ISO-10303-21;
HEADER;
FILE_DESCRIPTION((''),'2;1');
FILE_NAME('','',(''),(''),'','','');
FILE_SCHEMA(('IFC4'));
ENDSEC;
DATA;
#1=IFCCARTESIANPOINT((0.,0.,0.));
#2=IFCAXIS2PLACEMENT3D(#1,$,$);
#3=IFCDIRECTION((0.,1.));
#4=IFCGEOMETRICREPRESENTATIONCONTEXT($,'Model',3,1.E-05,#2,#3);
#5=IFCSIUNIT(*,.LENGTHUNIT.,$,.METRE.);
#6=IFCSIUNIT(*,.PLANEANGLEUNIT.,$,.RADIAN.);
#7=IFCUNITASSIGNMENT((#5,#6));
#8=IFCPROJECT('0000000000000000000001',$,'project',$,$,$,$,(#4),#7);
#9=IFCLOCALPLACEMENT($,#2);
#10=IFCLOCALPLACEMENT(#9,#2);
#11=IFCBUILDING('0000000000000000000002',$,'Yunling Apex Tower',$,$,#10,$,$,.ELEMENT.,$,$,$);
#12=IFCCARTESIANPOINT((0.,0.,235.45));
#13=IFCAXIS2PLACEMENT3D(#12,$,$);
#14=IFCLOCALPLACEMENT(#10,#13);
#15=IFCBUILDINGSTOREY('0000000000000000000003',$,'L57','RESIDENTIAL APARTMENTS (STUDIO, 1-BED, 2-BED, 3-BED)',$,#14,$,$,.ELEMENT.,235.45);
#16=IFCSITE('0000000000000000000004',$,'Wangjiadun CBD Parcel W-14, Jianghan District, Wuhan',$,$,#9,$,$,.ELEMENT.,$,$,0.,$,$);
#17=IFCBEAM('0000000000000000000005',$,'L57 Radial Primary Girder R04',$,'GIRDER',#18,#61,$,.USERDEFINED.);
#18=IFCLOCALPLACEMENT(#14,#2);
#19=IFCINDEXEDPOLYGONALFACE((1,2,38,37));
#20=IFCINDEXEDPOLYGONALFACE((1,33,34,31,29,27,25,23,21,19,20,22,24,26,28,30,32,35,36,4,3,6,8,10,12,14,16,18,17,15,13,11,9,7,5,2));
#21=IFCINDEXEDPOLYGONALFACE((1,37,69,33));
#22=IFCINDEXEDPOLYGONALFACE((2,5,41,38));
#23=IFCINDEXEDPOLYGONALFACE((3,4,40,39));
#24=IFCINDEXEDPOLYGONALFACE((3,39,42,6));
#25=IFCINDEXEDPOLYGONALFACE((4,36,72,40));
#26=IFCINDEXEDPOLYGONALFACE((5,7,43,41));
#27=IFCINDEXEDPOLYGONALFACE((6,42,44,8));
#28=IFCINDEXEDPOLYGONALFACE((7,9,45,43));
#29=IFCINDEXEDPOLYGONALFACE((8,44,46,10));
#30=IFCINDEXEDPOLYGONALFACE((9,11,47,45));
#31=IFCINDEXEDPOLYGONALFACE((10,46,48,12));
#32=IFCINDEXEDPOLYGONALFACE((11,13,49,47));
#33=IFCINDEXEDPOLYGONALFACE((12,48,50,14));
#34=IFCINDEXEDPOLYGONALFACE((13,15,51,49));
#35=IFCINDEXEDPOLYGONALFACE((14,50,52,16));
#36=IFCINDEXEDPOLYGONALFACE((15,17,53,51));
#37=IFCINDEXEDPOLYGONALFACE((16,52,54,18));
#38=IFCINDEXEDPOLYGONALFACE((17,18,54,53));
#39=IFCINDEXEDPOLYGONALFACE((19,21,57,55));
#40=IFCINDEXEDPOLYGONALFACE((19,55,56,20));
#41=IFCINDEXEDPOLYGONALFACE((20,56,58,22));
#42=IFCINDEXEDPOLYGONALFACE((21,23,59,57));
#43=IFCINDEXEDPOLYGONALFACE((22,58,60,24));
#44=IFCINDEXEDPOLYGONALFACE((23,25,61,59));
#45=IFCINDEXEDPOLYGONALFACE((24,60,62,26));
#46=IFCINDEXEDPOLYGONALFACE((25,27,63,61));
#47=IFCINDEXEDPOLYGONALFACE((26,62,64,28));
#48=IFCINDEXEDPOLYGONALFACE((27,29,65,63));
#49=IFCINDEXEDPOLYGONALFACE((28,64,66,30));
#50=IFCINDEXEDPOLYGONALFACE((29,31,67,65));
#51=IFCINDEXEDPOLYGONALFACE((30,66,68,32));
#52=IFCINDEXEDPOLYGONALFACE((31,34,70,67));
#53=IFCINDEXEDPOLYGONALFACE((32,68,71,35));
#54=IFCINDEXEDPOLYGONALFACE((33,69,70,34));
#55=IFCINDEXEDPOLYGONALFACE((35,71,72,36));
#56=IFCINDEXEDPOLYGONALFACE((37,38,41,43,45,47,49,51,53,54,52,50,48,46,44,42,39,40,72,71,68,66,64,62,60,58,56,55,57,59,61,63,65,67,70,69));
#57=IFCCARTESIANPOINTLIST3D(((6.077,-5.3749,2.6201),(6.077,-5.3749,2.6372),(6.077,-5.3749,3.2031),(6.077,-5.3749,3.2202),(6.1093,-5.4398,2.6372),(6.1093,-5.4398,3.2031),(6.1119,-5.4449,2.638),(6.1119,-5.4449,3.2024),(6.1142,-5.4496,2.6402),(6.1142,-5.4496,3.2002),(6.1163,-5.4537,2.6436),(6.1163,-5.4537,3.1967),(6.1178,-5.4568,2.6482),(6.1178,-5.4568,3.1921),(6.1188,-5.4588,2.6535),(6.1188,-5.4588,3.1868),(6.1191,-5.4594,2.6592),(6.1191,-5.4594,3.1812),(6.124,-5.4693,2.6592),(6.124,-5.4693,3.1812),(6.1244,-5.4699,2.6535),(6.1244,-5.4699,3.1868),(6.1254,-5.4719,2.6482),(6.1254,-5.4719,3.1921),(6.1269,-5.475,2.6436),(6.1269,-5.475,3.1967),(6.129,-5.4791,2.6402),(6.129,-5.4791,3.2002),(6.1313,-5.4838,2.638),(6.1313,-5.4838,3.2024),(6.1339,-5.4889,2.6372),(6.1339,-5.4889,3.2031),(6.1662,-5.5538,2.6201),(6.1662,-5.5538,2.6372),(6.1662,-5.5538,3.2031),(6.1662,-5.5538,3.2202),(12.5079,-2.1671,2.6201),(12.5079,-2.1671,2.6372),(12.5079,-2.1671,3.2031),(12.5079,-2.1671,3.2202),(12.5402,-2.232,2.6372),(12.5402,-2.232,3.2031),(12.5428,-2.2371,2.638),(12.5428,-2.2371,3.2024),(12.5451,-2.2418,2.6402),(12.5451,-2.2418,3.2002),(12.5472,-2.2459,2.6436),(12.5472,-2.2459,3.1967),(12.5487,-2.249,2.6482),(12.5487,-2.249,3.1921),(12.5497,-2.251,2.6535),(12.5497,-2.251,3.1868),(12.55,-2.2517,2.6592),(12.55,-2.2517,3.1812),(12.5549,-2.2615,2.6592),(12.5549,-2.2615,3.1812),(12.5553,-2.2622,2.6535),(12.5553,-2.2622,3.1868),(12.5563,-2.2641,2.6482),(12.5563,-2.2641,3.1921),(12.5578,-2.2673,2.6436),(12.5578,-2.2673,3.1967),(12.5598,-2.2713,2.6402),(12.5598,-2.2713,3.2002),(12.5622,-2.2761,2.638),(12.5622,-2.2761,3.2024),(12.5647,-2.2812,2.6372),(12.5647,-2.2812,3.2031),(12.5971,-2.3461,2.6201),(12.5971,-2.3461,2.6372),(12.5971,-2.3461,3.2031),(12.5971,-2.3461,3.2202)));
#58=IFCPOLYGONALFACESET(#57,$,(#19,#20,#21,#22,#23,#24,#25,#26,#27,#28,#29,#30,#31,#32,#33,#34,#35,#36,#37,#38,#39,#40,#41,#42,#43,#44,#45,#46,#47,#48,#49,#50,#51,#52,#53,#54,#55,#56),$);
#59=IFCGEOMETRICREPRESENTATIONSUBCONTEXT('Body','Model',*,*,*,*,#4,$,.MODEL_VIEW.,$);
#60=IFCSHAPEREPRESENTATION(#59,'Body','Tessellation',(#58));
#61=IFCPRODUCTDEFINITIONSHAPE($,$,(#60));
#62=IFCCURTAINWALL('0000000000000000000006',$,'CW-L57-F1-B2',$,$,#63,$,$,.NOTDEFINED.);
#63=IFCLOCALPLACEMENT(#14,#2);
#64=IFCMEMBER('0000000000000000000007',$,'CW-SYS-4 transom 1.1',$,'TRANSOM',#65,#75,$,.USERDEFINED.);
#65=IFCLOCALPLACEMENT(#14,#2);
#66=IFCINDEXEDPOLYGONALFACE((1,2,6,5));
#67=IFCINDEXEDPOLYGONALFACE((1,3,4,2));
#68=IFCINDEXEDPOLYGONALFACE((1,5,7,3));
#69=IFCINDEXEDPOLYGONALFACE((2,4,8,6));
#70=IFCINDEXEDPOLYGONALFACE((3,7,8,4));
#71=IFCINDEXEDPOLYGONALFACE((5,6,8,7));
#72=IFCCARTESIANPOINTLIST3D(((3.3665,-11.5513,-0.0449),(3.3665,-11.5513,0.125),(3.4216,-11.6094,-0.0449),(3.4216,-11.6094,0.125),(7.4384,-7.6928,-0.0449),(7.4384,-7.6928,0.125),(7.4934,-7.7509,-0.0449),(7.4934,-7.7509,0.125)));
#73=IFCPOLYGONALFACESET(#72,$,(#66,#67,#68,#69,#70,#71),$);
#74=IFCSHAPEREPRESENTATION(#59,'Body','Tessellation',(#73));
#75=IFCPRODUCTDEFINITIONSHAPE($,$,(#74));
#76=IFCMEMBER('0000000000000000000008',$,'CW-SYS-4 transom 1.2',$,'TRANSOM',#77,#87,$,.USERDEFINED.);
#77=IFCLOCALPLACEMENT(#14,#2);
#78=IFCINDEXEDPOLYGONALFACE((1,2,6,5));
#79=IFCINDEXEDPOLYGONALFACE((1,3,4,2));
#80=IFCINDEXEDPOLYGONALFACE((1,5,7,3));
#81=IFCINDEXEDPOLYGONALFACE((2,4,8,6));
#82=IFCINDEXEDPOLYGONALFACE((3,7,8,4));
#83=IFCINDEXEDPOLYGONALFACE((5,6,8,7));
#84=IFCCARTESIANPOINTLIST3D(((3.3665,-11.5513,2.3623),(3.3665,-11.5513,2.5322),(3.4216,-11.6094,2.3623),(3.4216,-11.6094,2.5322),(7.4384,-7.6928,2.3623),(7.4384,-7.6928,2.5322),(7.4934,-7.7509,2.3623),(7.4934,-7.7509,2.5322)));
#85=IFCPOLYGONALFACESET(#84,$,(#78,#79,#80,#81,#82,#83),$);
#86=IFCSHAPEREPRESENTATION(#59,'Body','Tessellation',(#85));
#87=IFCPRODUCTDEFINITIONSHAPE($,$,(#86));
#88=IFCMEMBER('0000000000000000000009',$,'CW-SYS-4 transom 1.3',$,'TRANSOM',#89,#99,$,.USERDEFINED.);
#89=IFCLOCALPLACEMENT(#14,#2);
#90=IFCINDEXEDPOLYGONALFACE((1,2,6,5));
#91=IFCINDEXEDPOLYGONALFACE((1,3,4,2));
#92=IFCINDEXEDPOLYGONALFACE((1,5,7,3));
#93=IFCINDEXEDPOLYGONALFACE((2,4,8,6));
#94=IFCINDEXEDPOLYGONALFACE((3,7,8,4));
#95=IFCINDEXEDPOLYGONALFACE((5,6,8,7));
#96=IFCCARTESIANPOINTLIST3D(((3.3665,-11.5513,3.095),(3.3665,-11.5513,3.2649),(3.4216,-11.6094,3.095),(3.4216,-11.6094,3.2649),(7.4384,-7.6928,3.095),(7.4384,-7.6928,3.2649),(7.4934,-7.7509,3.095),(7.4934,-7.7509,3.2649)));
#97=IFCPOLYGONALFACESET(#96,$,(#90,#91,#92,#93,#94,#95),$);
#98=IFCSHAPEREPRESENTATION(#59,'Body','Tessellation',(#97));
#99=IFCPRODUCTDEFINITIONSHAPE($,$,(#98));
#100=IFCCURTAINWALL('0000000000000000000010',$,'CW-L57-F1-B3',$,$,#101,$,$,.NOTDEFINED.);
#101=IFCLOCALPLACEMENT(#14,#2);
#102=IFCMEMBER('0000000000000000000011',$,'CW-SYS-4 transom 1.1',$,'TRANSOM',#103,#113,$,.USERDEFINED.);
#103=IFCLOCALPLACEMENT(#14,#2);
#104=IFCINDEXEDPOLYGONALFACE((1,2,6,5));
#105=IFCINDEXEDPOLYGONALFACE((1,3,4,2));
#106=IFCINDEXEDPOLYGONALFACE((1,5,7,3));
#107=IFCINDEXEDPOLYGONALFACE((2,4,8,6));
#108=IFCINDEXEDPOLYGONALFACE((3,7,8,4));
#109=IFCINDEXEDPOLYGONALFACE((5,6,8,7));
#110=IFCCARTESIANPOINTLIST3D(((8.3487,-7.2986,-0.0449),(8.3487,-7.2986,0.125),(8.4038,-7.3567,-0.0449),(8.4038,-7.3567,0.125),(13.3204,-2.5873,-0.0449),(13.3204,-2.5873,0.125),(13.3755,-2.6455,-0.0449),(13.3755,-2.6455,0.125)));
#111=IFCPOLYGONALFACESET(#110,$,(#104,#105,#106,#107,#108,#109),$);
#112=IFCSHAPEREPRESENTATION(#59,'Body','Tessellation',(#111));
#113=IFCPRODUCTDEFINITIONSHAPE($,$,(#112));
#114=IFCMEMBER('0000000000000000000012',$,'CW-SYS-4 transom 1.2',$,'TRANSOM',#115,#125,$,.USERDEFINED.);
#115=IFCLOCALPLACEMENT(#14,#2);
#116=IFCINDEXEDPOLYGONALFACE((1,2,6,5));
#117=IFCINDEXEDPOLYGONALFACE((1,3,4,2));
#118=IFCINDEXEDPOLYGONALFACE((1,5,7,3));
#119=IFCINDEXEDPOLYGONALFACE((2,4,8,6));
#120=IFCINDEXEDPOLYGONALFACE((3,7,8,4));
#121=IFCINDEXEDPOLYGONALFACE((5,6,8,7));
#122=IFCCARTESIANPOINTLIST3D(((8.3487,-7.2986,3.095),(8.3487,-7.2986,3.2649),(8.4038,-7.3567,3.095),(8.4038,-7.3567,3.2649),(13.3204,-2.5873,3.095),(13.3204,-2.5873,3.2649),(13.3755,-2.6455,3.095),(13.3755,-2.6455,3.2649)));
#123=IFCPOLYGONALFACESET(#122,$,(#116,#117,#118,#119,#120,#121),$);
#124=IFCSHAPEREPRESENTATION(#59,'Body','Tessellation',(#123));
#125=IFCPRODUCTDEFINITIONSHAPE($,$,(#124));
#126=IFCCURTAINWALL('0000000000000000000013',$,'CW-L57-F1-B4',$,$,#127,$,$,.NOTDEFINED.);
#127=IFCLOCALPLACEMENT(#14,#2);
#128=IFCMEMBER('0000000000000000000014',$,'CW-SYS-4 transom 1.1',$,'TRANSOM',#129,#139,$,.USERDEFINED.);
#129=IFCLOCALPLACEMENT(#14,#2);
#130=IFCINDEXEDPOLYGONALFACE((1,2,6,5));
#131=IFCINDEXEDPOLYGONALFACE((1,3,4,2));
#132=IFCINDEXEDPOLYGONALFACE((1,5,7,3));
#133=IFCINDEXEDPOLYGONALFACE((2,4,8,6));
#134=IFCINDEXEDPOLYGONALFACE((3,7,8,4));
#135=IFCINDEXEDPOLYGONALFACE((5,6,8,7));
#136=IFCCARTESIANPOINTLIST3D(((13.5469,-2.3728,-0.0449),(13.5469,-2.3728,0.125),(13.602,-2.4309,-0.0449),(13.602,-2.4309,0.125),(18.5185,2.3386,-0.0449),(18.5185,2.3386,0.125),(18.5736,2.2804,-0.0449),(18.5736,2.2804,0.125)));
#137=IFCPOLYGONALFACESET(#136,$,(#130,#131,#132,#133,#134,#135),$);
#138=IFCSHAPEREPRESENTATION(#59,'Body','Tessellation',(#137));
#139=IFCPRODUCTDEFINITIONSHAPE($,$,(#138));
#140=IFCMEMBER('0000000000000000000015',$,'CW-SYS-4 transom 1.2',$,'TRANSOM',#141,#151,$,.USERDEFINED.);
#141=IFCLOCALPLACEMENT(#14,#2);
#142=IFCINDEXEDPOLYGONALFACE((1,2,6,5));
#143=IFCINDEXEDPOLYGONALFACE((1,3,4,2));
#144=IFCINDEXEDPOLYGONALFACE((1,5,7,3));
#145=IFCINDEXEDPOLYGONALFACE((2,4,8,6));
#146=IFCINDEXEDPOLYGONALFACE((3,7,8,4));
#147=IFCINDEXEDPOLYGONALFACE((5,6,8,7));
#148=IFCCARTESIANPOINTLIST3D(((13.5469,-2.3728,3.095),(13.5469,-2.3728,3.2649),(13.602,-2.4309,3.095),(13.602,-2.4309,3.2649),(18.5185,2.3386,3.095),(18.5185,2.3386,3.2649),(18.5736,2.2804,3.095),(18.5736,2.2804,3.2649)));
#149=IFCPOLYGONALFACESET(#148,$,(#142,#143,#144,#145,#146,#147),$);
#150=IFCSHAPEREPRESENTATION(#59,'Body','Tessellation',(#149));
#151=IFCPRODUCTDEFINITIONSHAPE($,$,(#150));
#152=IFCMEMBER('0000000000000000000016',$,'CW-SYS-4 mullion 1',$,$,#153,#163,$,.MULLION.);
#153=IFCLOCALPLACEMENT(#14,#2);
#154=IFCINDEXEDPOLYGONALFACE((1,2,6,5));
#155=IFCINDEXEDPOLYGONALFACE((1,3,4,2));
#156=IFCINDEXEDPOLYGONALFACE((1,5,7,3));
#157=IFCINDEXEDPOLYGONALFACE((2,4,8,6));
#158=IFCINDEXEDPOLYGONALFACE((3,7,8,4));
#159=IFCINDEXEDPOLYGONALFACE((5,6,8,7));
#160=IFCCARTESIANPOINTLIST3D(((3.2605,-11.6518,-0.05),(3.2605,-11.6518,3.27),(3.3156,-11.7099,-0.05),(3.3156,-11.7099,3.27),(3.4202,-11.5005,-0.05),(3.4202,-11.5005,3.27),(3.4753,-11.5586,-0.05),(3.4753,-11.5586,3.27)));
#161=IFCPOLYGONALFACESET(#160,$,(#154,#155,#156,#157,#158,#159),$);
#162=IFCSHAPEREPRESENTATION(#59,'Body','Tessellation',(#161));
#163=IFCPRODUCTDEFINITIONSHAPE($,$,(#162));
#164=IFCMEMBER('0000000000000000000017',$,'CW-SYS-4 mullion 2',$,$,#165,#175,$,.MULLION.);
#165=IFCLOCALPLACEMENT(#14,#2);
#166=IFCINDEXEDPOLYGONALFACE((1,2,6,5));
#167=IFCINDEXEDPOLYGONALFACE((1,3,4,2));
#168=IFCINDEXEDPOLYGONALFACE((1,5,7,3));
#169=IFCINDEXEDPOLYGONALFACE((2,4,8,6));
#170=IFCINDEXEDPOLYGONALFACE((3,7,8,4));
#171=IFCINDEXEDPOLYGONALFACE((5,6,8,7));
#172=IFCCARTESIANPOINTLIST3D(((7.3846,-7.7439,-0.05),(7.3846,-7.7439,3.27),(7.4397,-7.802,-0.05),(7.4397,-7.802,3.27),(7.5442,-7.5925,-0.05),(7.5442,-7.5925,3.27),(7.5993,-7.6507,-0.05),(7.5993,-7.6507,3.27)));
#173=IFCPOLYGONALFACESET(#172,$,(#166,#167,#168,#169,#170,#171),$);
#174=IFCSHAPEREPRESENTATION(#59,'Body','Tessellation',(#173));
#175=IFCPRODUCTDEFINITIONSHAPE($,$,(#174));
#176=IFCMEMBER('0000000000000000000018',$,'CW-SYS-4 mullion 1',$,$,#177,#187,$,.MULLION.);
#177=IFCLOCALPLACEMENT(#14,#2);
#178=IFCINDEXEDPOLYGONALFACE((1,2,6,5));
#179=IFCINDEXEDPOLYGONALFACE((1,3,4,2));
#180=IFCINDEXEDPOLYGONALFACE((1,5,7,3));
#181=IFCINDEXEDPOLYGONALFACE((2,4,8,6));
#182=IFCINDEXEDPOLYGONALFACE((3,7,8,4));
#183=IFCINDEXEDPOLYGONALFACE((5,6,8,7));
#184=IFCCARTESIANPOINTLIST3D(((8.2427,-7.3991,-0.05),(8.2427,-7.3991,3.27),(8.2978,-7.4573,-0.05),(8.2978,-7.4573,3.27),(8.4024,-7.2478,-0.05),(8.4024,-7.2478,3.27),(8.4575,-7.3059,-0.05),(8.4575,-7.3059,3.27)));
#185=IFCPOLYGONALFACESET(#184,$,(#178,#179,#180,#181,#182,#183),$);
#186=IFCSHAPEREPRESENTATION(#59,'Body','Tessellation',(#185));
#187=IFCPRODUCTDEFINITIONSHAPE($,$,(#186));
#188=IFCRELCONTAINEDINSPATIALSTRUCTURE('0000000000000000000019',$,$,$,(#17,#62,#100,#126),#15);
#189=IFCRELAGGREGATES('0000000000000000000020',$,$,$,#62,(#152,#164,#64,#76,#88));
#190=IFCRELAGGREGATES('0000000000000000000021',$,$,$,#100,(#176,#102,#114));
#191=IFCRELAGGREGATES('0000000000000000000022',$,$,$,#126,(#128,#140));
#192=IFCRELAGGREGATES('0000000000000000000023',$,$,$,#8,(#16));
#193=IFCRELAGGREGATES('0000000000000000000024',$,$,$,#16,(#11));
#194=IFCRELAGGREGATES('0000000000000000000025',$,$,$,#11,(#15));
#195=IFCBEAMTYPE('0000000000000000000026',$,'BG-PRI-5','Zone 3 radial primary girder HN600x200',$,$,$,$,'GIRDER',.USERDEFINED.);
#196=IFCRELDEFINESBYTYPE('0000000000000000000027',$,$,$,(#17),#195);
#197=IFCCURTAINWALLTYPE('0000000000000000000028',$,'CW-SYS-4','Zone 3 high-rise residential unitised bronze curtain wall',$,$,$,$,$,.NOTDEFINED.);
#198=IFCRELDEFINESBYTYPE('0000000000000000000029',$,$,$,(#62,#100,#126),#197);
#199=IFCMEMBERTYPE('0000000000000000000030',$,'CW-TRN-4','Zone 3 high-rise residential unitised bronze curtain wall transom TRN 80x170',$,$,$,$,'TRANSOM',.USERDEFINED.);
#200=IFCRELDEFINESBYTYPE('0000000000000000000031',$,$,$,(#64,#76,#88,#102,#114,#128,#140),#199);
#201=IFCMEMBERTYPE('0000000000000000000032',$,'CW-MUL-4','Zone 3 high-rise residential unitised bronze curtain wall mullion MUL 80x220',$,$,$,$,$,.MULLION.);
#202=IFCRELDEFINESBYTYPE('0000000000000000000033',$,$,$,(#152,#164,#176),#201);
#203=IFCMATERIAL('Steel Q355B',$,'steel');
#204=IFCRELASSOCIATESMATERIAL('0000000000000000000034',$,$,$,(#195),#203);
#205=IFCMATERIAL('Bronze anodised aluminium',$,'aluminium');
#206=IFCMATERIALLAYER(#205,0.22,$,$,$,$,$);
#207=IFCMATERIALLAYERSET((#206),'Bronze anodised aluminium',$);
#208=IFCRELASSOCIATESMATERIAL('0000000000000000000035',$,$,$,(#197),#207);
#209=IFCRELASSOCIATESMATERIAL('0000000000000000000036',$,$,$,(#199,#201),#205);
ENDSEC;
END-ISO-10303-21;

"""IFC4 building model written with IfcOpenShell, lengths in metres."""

from ifc_helpers import new_model, si_unit, direction, frame, origin, origin_2d, place, context, subcontext, project, spatial, rectangle, i_section, extrude, source, transform, mapped, material, layer, layer_set, material_profile, profile_set, type_object, element, aggregate, save


model = new_model("IFC4")

# Units and contexts
model_context = context("Model", 3, precision=1e-05, world=origin(), true_north=direction((0.0, 1.0)))
body_context = subcontext(model_context, "Body", "Model", "MODEL_VIEW")
ifc_project = project(units=[si_unit("LENGTHUNIT", "METRE"), si_unit("PLANEANGLEUNIT", "RADIAN")], contexts=[model_context])

# Site, building, storey
site_placement = place(None, origin())
site = spatial("IfcSite", under=ifc_project, at=site_placement, Name="Wangjiadun CBD Parcel W-14, Jianghan District, Wuhan", CompositionType="ELEMENT", RefElevation=0.0)
building_placement = place(site_placement, origin())
building = spatial("IfcBuilding", under=site, at=building_placement, Name="Yunling Apex Tower", CompositionType="ELEMENT")
storey_placement = place(building_placement, frame((0.0, 0.0, 235.45)))
storey = spatial("IfcBuildingStorey", under=building, at=storey_placement, Name="L57", Description="RESIDENTIAL APARTMENTS (STUDIO, 1-BED, 2-BED, 3-BED)", CompositionType="ELEMENT", Elevation=235.45)

# Beam
ifc_material_1 = material(Name="Steel Q355B", Category="steel")
ifc_material_profile_1 = material_profile(ifc_material_1, i_section(OverallWidth=0.2, OverallDepth=0.6001, WebThickness=0.011, FlangeThickness=0.0171, FilletRadius=0.022, at=origin_2d()))
ifc_profile_set_1 = profile_set([ifc_material_profile_1], Name="Steel Q355B")
beam_type_1 = type_object("IfcBeamType", Name="BG-PRI-5", Description="Zone 3 radial primary girder HN600x200", ElementType="GIRDER", PredefinedType="USERDEFINED", material=ifc_profile_set_1)
shared_shape_1 = source(origin(), body_context, "Body", "SweptSolid", [
    extrude(i_section(OverallWidth=0.2, OverallDepth=0.6001, WebThickness=0.011, FlangeThickness=0.0171, FilletRadius=0.022, at=origin_2d()), origin(), (0.0, 0.0, 1.0), 7.1865),
])
beam_1_placement = place(storey_placement, frame((12.5525, -2.2566, 2.9202), z_axis=(-0.894855, -0.446357, 0.0), x_axis=(0.446357, -0.894855, 0.0)))
element("IfcBeam", 1, at=beam_1_placement, inside=storey, type_object=beam_type_1, Name="L57 Radial Primary Girder R04", ObjectType="GIRDER", PredefinedType="USERDEFINED", context=body_context, shape_type="MappedRepresentation", body=[
    mapped(shared_shape_1, transform((0.0, 0.0, 0.0), scale=1.0)),
])

# Curtain walls, members
ifc_material_2 = material(Name="Bronze anodised aluminium", Category="aluminium")
ifc_layer_1 = layer(ifc_material_2, 0.22)
ifc_layer_set_1 = layer_set([ifc_layer_1], Name="Bronze anodised aluminium")
curtain_wall_type = type_object("IfcCurtainWallType", Name="CW-SYS-4", Description="Zone 3 high-rise residential unitised bronze curtain wall", PredefinedType="NOTDEFINED", material=ifc_layer_set_1)
curtain_wall_1_placement = place(storey_placement, origin())
curtain_wall_1 = element("IfcCurtainWall", 2, at=curtain_wall_1_placement, inside=storey, type_object=curtain_wall_type, Name="CW-L57-F1-B2", PredefinedType="NOTDEFINED")
ifc_material_profile_2 = material_profile(ifc_material_2, rectangle(XDim=0.0801, YDim=0.1699, at=origin_2d()))
ifc_profile_set_2 = profile_set([ifc_material_profile_2], Name="Bronze anodised aluminium")
member_type_1 = type_object("IfcMemberType", Name="CW-TRN-4", Description="Zone 3 high-rise residential unitised bronze curtain wall transom TRN 80x170", ElementType="TRANSOM", PredefinedType="USERDEFINED", material=ifc_profile_set_2)
shared_shape_2 = source(origin(), body_context, "Body", "SweptSolid", [
    extrude(rectangle(XDim=0.0801, YDim=0.1699, at=origin_2d()), origin(), (0.0, 0.0, 1.0), 5.6096),
])
member_1_placement = place(storey_placement, frame((3.394, -11.5803, 0.04), z_axis=(0.72587, 0.687832, 0.0), x_axis=(-0.687832, 0.72587, 0.0)))
member_1 = element("IfcMember", 3, at=member_1_placement, type_object=member_type_1, Name="CW-SYS-4 transom 1.1", ObjectType="TRANSOM", PredefinedType="USERDEFINED", context=body_context, shape_type="MappedRepresentation", body=[
    mapped(shared_shape_2, transform((0.0, 0.0, 0.0), scale=1.0)),
])
member_2_placement = place(storey_placement, frame((3.394, -11.5803, 2.4473), z_axis=(0.72587, 0.687832, 0.0), x_axis=(-0.687832, 0.72587, 0.0)))
member_2 = element("IfcMember", 4, at=member_2_placement, type_object=member_type_1, Name="CW-SYS-4 transom 1.2", ObjectType="TRANSOM", PredefinedType="USERDEFINED", context=body_context, shape_type="MappedRepresentation", body=[
    mapped(shared_shape_2, transform((0.0, 0.0, 0.0), scale=1.0)),
])
member_3_placement = place(storey_placement, frame((3.394, -11.5803, 3.1799), z_axis=(0.72587, 0.687832, 0.0), x_axis=(-0.687832, 0.72587, 0.0)))
member_3 = element("IfcMember", 5, at=member_3_placement, type_object=member_type_1, Name="CW-SYS-4 transom 1.3", ObjectType="TRANSOM", PredefinedType="USERDEFINED", context=body_context, shape_type="MappedRepresentation", body=[
    mapped(shared_shape_2, transform((0.0, 0.0, 0.0), scale=1.0)),
])
curtain_wall_2_placement = place(storey_placement, origin())
curtain_wall_2 = element("IfcCurtainWall", 6, at=curtain_wall_2_placement, inside=storey, type_object=curtain_wall_type, Name="CW-L57-F1-B3", PredefinedType="NOTDEFINED")
shared_shape_3 = source(origin(), body_context, "Body", "SweptSolid", [
    extrude(rectangle(XDim=0.0801, YDim=0.1699, at=origin_2d()), origin(), (0.0, 0.0, 1.0), 6.8494),
])
member_4_placement = place(storey_placement, frame((8.3762, -7.3276, 0.04), z_axis=(0.725867, 0.687835, 0.0), x_axis=(-0.687835, 0.725867, 0.0)))
member_4 = element("IfcMember", 7, at=member_4_placement, type_object=member_type_1, Name="CW-SYS-4 transom 1.1", ObjectType="TRANSOM", PredefinedType="USERDEFINED", context=body_context, shape_type="MappedRepresentation", body=[
    mapped(shared_shape_3, transform((0.0, 0.0, 0.0), scale=1.0)),
])
member_5_placement = place(storey_placement, frame((8.3762, -7.3276, 3.1799), z_axis=(0.725867, 0.687835, 0.0), x_axis=(-0.687835, 0.725867, 0.0)))
member_5 = element("IfcMember", 8, at=member_5_placement, type_object=member_type_1, Name="CW-SYS-4 transom 1.2", ObjectType="TRANSOM", PredefinedType="USERDEFINED", context=body_context, shape_type="MappedRepresentation", body=[
    mapped(shared_shape_3, transform((0.0, 0.0, 0.0), scale=1.0)),
])
curtain_wall_3_placement = place(storey_placement, origin())
curtain_wall_3 = element("IfcCurtainWall", 9, at=curtain_wall_3_placement, inside=storey, type_object=curtain_wall_type, Name="CW-L57-F1-B4", PredefinedType="NOTDEFINED")
member_6_placement = place(storey_placement, frame((13.5745, -2.4019, 0.04), z_axis=(0.72585, 0.687853, 0.0), x_axis=(-0.687853, 0.72585, 0.0)))
member_6 = element("IfcMember", 10, at=member_6_placement, type_object=member_type_1, Name="CW-SYS-4 transom 1.1", ObjectType="TRANSOM", PredefinedType="USERDEFINED", context=body_context, shape_type="MappedRepresentation", body=[
    mapped(shared_shape_3, transform((0.0, 0.0, 0.0), scale=1.0)),
])
member_7_placement = place(storey_placement, frame((13.5745, -2.4019, 3.1799), z_axis=(0.72585, 0.687853, 0.0), x_axis=(-0.687853, 0.72585, 0.0)))
member_7 = element("IfcMember", 11, at=member_7_placement, type_object=member_type_1, Name="CW-SYS-4 transom 1.2", ObjectType="TRANSOM", PredefinedType="USERDEFINED", context=body_context, shape_type="MappedRepresentation", body=[
    mapped(shared_shape_3, transform((0.0, 0.0, 0.0), scale=1.0)),
])

# Members
ifc_material_profile_3 = material_profile(ifc_material_2, rectangle(XDim=0.0801, YDim=0.22, at=origin_2d()))
ifc_profile_set_3 = profile_set([ifc_material_profile_3], Name="Bronze anodised aluminium")
member_type_2 = type_object("IfcMemberType", Name="CW-MUL-4", Description="Zone 3 high-rise residential unitised bronze curtain wall mullion MUL 80x220", PredefinedType="MULLION", material=ifc_profile_set_3)
shared_shape_4 = source(origin(), body_context, "Body", "SweptSolid", [
    extrude(rectangle(XDim=0.0801, YDim=0.22, at=origin_2d()), origin(), (0.0, 0.0, 1.0), 3.3201),
])
member_8_placement = place(storey_placement, frame((3.3679, -11.6052, -0.05), z_axis=(0.0, 0.0, 1.0), x_axis=(-0.687854, 0.725849, 0.0)))
member_8 = element("IfcMember", 12, at=member_8_placement, type_object=member_type_2, Name="CW-SYS-4 mullion 1", PredefinedType="MULLION", context=body_context, shape_type="MappedRepresentation", body=[
    mapped(shared_shape_4, transform((0.0, 0.0, 0.0), scale=1.0)),
])
member_9_placement = place(storey_placement, frame((7.4919, -7.6973, -0.05), z_axis=(0.0, 0.0, 1.0), x_axis=(-0.687854, 0.725849, 0.0)))
member_9 = element("IfcMember", 13, at=member_9_placement, type_object=member_type_2, Name="CW-SYS-4 mullion 2", PredefinedType="MULLION", context=body_context, shape_type="MappedRepresentation", body=[
    mapped(shared_shape_4, transform((0.0, 0.0, 0.0), scale=1.0)),
])
member_10_placement = place(storey_placement, frame((8.3501, -7.3525, -0.05), z_axis=(0.0, 0.0, 1.0), x_axis=(-0.687848, 0.725855, 0.0)))
member_10 = element("IfcMember", 14, at=member_10_placement, type_object=member_type_2, Name="CW-SYS-4 mullion 1", PredefinedType="MULLION", context=body_context, shape_type="MappedRepresentation", body=[
    mapped(shared_shape_4, transform((0.0, 0.0, 0.0), scale=1.0)),
])

aggregate(curtain_wall_1, [member_8, member_9, member_1, member_2, member_3])
aggregate(curtain_wall_2, [member_10, member_4, member_5])
aggregate(curtain_wall_3, [member_6, member_7])

save(model, "model.ifc")
